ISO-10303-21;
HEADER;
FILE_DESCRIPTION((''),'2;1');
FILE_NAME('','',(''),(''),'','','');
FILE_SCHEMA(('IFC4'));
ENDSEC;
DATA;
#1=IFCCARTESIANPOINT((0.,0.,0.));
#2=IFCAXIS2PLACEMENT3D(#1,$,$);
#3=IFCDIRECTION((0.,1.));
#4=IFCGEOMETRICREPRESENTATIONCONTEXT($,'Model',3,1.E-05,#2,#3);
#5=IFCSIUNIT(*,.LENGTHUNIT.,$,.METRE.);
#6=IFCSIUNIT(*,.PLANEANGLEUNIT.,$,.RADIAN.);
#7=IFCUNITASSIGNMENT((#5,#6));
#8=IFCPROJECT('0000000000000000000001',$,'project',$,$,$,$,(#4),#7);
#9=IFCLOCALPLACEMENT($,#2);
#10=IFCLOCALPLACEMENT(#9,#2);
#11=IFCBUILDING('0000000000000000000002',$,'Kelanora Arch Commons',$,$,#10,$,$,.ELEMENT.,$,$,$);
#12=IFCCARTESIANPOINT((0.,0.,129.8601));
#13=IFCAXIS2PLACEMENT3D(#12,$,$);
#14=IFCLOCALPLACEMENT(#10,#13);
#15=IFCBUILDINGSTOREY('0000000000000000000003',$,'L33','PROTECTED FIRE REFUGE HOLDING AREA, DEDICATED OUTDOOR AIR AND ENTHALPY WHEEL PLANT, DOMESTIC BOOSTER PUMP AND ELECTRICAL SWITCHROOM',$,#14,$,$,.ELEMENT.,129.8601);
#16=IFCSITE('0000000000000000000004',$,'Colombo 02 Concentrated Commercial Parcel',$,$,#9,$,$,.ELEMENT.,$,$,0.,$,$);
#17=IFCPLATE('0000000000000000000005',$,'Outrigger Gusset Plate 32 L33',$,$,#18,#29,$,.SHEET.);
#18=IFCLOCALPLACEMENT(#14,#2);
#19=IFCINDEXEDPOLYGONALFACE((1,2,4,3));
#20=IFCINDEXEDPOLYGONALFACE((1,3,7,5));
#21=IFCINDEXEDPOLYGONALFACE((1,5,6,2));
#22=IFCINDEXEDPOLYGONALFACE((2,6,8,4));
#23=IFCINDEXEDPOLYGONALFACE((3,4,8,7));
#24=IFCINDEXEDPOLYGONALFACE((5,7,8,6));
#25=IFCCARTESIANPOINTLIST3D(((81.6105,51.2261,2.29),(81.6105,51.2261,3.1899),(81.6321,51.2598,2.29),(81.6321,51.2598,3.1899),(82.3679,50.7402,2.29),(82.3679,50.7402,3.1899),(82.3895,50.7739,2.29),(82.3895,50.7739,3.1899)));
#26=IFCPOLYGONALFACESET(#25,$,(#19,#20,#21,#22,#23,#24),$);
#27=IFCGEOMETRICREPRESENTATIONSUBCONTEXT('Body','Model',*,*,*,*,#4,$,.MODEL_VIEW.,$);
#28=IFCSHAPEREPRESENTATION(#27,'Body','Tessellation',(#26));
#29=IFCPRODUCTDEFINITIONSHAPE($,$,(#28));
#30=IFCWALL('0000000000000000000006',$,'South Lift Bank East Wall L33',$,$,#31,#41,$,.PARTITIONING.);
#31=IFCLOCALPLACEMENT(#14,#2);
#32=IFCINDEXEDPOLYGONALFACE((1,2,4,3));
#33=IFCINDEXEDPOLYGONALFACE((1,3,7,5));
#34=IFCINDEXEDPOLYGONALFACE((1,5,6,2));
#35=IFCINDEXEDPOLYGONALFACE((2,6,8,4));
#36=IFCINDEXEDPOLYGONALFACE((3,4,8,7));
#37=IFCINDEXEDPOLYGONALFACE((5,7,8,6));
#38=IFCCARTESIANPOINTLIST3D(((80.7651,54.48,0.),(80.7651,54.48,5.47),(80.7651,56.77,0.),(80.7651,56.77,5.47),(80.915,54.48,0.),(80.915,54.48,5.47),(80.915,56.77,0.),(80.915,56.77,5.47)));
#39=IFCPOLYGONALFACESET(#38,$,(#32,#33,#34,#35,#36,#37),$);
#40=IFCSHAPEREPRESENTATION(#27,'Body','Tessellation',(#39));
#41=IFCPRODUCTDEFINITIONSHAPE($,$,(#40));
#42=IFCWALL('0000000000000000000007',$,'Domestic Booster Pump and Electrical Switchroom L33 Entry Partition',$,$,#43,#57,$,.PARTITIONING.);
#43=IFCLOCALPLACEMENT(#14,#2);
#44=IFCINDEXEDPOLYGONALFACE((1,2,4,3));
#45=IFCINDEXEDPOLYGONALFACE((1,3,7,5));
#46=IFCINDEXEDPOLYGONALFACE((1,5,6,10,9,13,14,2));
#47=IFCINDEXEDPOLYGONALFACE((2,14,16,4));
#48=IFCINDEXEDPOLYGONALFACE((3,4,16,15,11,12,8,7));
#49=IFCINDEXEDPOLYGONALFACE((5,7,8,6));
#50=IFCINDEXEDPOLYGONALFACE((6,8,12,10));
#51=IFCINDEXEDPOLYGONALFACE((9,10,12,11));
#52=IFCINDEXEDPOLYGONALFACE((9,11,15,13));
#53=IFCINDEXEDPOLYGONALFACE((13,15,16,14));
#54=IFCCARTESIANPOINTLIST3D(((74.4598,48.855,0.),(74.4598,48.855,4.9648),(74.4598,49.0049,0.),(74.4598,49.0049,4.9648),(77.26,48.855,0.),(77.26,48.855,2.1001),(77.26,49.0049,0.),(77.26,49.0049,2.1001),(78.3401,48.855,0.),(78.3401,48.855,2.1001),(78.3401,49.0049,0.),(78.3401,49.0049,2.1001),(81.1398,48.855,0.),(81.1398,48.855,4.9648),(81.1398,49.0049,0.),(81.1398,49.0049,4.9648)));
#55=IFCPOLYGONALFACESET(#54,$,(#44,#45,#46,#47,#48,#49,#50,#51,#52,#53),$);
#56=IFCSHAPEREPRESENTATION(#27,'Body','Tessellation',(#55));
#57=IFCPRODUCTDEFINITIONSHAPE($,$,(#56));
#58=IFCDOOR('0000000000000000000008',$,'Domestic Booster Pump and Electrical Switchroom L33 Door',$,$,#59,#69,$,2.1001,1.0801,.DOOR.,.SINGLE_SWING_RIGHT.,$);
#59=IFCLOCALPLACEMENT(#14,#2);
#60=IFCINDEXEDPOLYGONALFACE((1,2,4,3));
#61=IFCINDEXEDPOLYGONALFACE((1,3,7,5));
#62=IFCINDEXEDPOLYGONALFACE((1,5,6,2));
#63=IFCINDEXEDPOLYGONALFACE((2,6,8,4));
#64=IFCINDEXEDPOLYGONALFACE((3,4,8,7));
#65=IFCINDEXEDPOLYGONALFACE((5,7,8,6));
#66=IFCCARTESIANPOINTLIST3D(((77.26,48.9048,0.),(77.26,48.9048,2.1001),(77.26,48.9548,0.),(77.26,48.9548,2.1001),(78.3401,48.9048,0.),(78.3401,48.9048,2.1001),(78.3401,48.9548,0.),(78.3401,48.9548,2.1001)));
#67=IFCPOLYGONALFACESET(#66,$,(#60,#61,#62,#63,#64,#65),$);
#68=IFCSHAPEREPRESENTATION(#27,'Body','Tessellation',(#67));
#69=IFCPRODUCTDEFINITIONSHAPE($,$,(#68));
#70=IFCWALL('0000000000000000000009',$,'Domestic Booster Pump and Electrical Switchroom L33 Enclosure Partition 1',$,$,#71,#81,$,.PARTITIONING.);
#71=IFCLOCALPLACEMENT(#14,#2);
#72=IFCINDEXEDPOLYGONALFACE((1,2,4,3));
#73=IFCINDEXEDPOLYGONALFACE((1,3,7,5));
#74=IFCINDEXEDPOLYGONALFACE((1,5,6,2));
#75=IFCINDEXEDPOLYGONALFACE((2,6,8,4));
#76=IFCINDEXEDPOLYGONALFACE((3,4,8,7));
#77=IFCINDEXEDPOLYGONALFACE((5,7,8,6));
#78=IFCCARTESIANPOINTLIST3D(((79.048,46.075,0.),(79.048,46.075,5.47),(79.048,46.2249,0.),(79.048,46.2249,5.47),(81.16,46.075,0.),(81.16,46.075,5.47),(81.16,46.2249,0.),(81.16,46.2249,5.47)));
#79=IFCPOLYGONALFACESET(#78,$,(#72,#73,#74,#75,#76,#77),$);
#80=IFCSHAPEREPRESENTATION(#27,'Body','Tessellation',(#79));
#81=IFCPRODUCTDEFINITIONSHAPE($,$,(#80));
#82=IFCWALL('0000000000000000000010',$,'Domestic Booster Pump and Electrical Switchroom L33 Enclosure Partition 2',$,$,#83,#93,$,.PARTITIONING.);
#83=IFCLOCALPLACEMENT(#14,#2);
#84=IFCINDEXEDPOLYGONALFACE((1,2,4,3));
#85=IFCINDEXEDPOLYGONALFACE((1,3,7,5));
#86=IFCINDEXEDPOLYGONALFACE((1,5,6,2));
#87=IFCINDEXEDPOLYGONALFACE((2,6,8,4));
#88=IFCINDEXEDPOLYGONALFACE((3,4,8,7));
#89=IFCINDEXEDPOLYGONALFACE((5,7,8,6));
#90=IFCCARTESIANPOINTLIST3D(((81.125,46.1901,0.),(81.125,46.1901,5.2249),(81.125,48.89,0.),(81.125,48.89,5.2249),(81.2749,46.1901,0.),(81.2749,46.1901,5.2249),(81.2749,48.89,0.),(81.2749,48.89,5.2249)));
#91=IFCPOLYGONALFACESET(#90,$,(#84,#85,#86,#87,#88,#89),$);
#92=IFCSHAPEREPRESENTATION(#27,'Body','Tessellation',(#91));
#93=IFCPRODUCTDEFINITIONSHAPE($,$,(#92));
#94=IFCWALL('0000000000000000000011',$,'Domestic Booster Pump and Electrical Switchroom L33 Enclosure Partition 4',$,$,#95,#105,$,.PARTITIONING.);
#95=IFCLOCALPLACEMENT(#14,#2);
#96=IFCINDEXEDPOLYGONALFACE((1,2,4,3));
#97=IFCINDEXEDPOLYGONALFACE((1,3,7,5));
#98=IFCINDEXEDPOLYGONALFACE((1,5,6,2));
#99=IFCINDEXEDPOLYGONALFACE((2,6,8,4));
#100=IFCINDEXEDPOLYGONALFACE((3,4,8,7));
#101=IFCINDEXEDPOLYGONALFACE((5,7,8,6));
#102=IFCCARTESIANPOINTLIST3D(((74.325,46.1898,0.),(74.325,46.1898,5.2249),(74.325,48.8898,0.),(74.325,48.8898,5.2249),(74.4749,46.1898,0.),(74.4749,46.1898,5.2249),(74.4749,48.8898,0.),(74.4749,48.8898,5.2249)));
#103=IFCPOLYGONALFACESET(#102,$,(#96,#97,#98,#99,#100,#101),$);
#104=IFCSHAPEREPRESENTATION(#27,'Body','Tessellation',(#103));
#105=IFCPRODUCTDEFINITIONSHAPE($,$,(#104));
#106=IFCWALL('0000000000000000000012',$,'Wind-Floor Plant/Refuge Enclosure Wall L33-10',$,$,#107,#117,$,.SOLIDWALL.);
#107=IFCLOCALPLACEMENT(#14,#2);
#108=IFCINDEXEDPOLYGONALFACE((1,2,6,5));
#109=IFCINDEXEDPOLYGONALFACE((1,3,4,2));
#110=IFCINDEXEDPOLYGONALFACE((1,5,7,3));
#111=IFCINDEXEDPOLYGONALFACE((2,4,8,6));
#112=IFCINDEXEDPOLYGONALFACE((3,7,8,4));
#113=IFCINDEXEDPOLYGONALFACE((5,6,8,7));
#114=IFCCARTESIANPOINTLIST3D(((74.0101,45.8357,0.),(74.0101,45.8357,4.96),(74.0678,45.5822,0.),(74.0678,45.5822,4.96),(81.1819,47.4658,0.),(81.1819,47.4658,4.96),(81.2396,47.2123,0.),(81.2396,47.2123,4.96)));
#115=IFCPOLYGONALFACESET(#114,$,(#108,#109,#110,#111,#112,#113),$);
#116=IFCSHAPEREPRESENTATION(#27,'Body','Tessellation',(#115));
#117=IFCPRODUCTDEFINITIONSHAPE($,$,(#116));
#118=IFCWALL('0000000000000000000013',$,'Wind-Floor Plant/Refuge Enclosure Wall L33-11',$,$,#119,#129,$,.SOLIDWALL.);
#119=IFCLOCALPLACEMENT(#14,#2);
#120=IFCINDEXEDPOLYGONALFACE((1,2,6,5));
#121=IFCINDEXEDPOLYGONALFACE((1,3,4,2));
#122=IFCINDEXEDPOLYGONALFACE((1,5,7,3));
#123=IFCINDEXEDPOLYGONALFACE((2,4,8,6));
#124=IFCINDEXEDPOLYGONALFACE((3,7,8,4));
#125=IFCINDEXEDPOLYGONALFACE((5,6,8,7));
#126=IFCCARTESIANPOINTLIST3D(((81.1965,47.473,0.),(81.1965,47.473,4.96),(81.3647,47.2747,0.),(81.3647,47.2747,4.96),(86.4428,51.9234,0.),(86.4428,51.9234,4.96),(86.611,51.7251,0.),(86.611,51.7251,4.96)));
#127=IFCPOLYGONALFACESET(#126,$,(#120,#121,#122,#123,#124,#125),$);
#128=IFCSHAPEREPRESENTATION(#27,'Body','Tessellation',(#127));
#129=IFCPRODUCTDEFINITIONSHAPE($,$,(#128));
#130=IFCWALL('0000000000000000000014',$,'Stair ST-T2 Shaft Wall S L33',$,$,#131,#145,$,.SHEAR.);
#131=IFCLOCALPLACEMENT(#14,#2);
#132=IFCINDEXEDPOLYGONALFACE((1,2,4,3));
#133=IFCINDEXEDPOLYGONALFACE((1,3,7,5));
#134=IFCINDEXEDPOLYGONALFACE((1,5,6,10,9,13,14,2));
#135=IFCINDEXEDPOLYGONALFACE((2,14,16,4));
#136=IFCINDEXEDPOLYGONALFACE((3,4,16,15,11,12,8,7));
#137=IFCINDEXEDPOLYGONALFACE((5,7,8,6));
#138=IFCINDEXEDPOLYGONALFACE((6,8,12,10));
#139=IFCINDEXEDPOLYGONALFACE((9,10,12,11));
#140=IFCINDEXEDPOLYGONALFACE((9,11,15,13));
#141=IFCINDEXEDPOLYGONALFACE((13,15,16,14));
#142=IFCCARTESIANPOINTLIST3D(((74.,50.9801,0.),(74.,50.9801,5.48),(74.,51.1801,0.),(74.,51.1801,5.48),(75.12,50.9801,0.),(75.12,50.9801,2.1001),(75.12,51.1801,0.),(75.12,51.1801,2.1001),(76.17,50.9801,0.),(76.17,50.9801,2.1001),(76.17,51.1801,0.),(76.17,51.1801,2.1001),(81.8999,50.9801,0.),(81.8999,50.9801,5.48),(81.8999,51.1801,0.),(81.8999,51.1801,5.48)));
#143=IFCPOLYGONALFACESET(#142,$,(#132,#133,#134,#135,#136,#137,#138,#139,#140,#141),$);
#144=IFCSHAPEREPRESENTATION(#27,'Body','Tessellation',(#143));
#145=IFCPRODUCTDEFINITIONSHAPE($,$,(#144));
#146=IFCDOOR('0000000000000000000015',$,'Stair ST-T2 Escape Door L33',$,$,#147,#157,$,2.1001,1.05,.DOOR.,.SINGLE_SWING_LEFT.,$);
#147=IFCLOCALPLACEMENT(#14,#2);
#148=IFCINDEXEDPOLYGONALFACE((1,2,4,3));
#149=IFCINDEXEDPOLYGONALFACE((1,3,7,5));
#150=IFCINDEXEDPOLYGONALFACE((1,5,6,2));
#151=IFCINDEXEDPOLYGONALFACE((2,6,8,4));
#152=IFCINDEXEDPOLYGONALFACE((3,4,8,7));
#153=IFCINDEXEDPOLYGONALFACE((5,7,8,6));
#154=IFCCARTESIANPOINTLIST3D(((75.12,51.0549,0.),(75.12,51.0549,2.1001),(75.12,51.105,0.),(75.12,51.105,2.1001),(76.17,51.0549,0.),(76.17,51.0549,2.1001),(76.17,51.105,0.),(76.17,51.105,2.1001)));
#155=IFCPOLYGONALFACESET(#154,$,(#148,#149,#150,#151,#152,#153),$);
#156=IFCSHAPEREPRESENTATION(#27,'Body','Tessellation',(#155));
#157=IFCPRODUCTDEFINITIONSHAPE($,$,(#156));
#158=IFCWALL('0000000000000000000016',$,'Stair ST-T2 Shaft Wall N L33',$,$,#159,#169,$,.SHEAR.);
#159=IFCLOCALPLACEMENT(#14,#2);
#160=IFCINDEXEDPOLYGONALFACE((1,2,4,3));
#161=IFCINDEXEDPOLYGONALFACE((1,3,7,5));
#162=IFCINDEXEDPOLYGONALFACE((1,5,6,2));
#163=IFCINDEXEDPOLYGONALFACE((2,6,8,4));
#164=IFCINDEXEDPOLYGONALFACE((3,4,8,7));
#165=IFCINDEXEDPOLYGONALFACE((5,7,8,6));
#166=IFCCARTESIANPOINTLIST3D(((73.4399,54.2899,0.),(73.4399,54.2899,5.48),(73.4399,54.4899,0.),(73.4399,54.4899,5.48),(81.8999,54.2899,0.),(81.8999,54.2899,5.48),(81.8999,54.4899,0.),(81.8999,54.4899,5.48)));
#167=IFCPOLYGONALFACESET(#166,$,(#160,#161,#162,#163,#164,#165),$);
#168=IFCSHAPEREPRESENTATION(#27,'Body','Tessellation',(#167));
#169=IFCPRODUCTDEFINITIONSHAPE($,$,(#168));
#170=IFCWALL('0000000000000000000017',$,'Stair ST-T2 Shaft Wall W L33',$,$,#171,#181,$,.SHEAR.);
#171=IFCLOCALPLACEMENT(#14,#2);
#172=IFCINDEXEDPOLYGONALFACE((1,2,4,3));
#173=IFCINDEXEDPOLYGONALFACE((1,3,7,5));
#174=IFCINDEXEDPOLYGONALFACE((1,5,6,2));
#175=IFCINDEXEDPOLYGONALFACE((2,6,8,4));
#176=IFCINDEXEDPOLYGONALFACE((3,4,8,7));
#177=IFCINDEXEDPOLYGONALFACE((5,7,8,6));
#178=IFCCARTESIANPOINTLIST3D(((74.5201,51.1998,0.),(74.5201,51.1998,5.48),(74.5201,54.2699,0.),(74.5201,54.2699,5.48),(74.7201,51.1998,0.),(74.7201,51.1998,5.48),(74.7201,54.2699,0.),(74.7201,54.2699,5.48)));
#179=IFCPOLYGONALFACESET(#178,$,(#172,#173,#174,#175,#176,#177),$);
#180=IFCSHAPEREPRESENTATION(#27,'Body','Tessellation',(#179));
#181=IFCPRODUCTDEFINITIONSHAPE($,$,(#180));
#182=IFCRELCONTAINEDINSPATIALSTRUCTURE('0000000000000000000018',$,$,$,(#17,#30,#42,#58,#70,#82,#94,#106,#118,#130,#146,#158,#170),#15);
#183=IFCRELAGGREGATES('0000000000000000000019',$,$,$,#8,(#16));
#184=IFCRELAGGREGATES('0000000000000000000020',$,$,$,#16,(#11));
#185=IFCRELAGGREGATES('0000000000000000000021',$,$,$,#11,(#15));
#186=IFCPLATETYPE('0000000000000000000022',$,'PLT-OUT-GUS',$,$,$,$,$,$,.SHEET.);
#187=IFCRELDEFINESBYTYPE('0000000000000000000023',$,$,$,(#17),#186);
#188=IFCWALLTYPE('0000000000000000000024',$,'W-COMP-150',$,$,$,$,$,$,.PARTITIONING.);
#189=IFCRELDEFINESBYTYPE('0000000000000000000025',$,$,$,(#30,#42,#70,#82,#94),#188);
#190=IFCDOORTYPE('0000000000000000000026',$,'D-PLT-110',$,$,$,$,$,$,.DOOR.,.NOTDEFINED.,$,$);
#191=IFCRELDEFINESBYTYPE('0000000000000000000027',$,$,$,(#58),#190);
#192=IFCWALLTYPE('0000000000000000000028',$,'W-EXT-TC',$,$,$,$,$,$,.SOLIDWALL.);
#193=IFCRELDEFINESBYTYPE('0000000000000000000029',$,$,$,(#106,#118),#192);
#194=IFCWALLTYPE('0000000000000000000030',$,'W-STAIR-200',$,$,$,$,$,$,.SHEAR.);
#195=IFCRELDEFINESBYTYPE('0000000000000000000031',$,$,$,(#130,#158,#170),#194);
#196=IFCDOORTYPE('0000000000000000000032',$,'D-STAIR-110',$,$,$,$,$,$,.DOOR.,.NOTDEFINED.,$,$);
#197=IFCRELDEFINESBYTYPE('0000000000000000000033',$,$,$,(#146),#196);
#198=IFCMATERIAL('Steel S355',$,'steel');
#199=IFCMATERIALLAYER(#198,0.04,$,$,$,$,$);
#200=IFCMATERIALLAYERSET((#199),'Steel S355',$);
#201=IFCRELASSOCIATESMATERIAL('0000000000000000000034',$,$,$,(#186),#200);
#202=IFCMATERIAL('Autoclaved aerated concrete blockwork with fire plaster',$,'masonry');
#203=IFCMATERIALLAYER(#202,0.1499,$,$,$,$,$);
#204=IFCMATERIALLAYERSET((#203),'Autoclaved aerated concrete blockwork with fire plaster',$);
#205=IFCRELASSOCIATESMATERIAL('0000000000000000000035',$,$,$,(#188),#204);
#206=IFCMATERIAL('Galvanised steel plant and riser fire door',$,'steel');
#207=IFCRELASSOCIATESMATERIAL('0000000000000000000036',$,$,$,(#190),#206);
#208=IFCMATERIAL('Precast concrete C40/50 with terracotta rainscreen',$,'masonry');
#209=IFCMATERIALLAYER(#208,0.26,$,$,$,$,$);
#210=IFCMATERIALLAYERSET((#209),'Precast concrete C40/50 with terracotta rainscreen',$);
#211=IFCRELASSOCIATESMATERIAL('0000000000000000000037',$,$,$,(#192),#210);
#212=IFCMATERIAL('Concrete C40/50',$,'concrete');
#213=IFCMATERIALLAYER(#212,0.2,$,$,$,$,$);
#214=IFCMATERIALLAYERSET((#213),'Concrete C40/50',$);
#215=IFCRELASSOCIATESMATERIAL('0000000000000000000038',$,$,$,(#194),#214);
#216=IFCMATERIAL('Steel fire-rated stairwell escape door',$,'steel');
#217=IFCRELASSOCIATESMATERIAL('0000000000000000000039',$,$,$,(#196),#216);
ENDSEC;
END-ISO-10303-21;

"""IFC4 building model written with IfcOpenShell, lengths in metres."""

from ifc_helpers import new_model, si_unit, direction, frame, frame_2d, origin, origin_2d, place, context, subcontext, project, spatial, rectangle, extrude, source, transform, mapped, material, layer, layer_set, type_object, element, fill, save


model = new_model("IFC4")

# Units and contexts
model_context = context("Model", 3, precision=1e-05, world=origin(), true_north=direction((0.0, 1.0)))
body_context = subcontext(model_context, "Body", "Model", "MODEL_VIEW")
ifc_project = project(units=[si_unit("LENGTHUNIT", "METRE"), si_unit("PLANEANGLEUNIT", "RADIAN")], contexts=[model_context])

# Site, building, storey
site_placement = place(None, origin())
site = spatial("IfcSite", under=ifc_project, at=site_placement, Name="Colombo 02 Concentrated Commercial Parcel", CompositionType="ELEMENT", RefElevation=0.0)
building_placement = place(site_placement, origin())
building = spatial("IfcBuilding", under=site, at=building_placement, Name="Kelanora Arch Commons", CompositionType="ELEMENT")
storey_placement = place(building_placement, frame((0.0, 0.0, 129.8601)))
storey = spatial("IfcBuildingStorey", under=building, at=storey_placement, Name="L33", Description="PROTECTED FIRE REFUGE HOLDING AREA, DEDICATED OUTDOOR AIR AND ENTHALPY WHEEL PLANT, DOMESTIC BOOSTER PUMP AND ELECTRICAL SWITCHROOM", CompositionType="ELEMENT", Elevation=129.8601)

# Shared definitions
ifc_material_1 = material(Name="Steel S355", Category="steel")

# Plate
ifc_layer_1 = layer(ifc_material_1, 0.04)
ifc_layer_set_1 = layer_set([ifc_layer_1], Name="Steel S355")
plate_type = type_object("IfcPlateType", Name="PLT-OUT-GUS", PredefinedType="SHEET", material=ifc_layer_set_1)
shared_shape_1 = source(origin(), body_context, "Body", "SweptSolid", [
    extrude(rectangle(XDim=0.8999, YDim=0.04, at=origin_2d()), origin(), (0.0, 0.0, 1.0), 0.8999),
])
plate_placement = place(storey_placement, frame((82.0, 51.0, 2.29), z_axis=(0.0, 0.0, 1.0), x_axis=(0.841716, -0.539921, 0.0)))
element("IfcPlate", 1, at=plate_placement, inside=storey, type_object=plate_type, Name="Outrigger Gusset Plate 32 L33", PredefinedType="SHEET", context=body_context, shape_type="MappedRepresentation", body=[
    mapped(shared_shape_1, transform((0.0, 0.0, 0.0), scale=1.0)),
])

# Wall
ifc_material_2 = material(Name="Autoclaved aerated concrete blockwork with fire plaster", Category="masonry")
ifc_layer_2 = layer(ifc_material_2, 0.1499)
ifc_layer_set_2 = layer_set([ifc_layer_2], Name="Autoclaved aerated concrete blockwork with fire plaster")
wall_type_1 = type_object("IfcWallType", Name="W-COMP-150", PredefinedType="PARTITIONING", material=ifc_layer_set_2)
wall_1_placement = place(storey_placement, frame((80.8401, 54.48, 0.0), z_axis=(0.0, 0.0, 1.0), x_axis=(0.0, 1.0, 0.0)))
element("IfcWall", 2, at=wall_1_placement, inside=storey, type_object=wall_type_1, Name="South Lift Bank East Wall L33", PredefinedType="PARTITIONING", context=body_context, shape_type="SweptSolid", body=[
    extrude(rectangle(XDim=2.29, YDim=0.1499, at=frame_2d((1.145, 0.0))), origin(), (0.0, 0.0, 1.0), 5.47),
])

# Wall, opening, door
wall_2_placement = place(storey_placement, frame((74.46, 48.9299, 0.0), z_axis=(0.0, 0.0, 1.0), x_axis=(1.0, 0.0, 0.0)))
wall_2 = element("IfcWall", 3, at=wall_2_placement, inside=storey, type_object=wall_type_1, Name="Domestic Booster Pump and Electrical Switchroom L33 Entry Partition", PredefinedType="PARTITIONING", context=body_context, shape_type="SweptSolid", body=[
    extrude(rectangle(XDim=6.6799, YDim=0.1499, at=frame_2d((3.3398, 0.0))), origin(), (0.0, 0.0, 1.0), 4.9648),
])
opening_1_placement = place(wall_2_placement, frame((2.8, 0.0, 0.0)))
opening_1 = element("IfcOpeningElement", 4, at=opening_1_placement, cuts=wall_2, PredefinedType="OPENING", context=body_context, shape_type="SweptSolid", body=[
    extrude(rectangle(XDim=1.0801, YDim=2.1001, at=frame_2d((0.54, 1.05))), frame((0.0, 0.085, 0.0), z_axis=(0.0, -1.0, 0.0), x_axis=(1.0, 0.0, 0.0)), (0.0, 0.0, 1.0), 0.1699),
])
ifc_material_3 = material(Name="Galvanised steel plant and riser fire door", Category="steel")
door_type_1 = type_object("IfcDoorType", Name="D-PLT-110", OperationType="NOTDEFINED", PredefinedType="DOOR", material=ifc_material_3)
door_1_placement = place(opening_1_placement, origin())
door_1 = element("IfcDoor", 5, at=door_1_placement, inside=storey, type_object=door_type_1, Name="Domestic Booster Pump and Electrical Switchroom L33 Door", OperationType="SINGLE_SWING_RIGHT", OverallHeight=2.1001, OverallWidth=1.0801, PredefinedType="DOOR", context=body_context, shape_type="SweptSolid", body=[
    extrude(rectangle(XDim=1.0801, YDim=2.1001, at=frame_2d((0.54, 1.05))), frame((0.0, 0.0249, 0.0), z_axis=(0.0, -1.0, 0.0), x_axis=(1.0, 0.0, 0.0)), (0.0, 0.0, 1.0), 0.05),
])
fill(opening_1, door_1)

# Walls
wall_3_placement = place(storey_placement, frame((79.0479, 46.1499, 0.0), z_axis=(0.0, 0.0, 1.0), x_axis=(1.0, 0.0, 0.0)))
element("IfcWall", 6, at=wall_3_placement, inside=storey, type_object=wall_type_1, Name="Domestic Booster Pump and Electrical Switchroom L33 Enclosure Partition 1", PredefinedType="PARTITIONING", context=body_context, shape_type="SweptSolid", body=[
    extrude(rectangle(XDim=2.1121, YDim=0.1499, at=frame_2d((1.0562, 0.0))), origin(), (0.0, 0.0, 1.0), 5.47),
])
for number, where, z_axis, x_axis, name in (
    (7, (81.2, 46.1899, 0.0), (0.0, 0.0, 1.0), (0.0, 1.0, 0.0), "Domestic Booster Pump and Electrical Switchroom L33 Enclosure Partition 2"),
    (8, (74.3999, 48.8899, 0.0), (0.0, 0.0, 1.0), (0.0, -1.0, 0.0), "Domestic Booster Pump and Electrical Switchroom L33 Enclosure Partition 4"),
):
    element("IfcWall", number, at=place(storey_placement, frame(where, z_axis=z_axis, x_axis=x_axis)), inside=storey, type_object=wall_type_1, Name=name, PredefinedType="PARTITIONING", context=body_context, shape_type="SweptSolid", body=[
        extrude(rectangle(XDim=2.7, YDim=0.1499, at=frame_2d((1.3501, 0.0))), origin(), (0.0, 0.0, 1.0), 5.2249),
    ])
ifc_material_4 = material(Name="Precast concrete C40/50 with terracotta rainscreen", Category="masonry")
ifc_layer_3 = layer(ifc_material_4, 0.26)
ifc_layer_set_3 = layer_set([ifc_layer_3], Name="Precast concrete C40/50 with terracotta rainscreen")
wall_type_2 = type_object("IfcWallType", Name="W-EXT-TC", PredefinedType="SOLIDWALL", material=ifc_layer_set_3)
wall_4_placement = place(storey_placement, frame((74.0391, 45.709, 0.0), z_axis=(0.0, 0.0, 1.0), x_axis=(0.975128, 0.221641, 0.0)))
element("IfcWall", 9, at=wall_4_placement, inside=storey, type_object=wall_type_2, Name="Wind-Floor Plant/Refuge Enclosure Wall L33-10", PredefinedType="SOLIDWALL", context=body_context, shape_type="SweptSolid", body=[
    extrude(rectangle(XDim=7.3547, YDim=0.26, at=frame_2d((3.6772, 0.0))), origin(), (0.0, 0.0, 1.0), 4.96),
])
wall_5_placement = place(storey_placement, frame((81.2805, 47.3738, 0.0), z_axis=(0.0, 0.0, 1.0), x_axis=(0.762581, 0.646893, 0.0)))
element("IfcWall", 10, at=wall_5_placement, inside=storey, type_object=wall_type_2, Name="Wind-Floor Plant/Refuge Enclosure Wall L33-11", PredefinedType="SOLIDWALL", context=body_context, shape_type="SweptSolid", body=[
    extrude(rectangle(XDim=6.8796, YDim=0.26, at=frame_2d((3.4399, 0.0))), origin(), (0.0, 0.0, 1.0), 4.96),
])

# Wall, opening, door
ifc_material_5 = material(Name="Concrete C40/50", Category="concrete")
ifc_layer_4 = layer(ifc_material_5, 0.2)
ifc_layer_set_4 = layer_set([ifc_layer_4], Name="Concrete C40/50")
wall_type_3 = type_object("IfcWallType", Name="W-STAIR-200", PredefinedType="SHEAR", material=ifc_layer_set_4)
wall_6_placement = place(storey_placement, frame((74.0, 51.0801, 0.0), z_axis=(0.0, 0.0, 1.0), x_axis=(1.0, 0.0, 0.0)))
wall_6 = element("IfcWall", 11, at=wall_6_placement, inside=storey, type_object=wall_type_3, Name="Stair ST-T2 Shaft Wall S L33", PredefinedType="SHEAR", context=body_context, shape_type="SweptSolid", body=[
    extrude(rectangle(XDim=7.8999, YDim=0.2, at=frame_2d((3.95, 0.0))), origin(), (0.0, 0.0, 1.0), 5.48),
])
opening_2_placement = place(wall_6_placement, frame((1.1201, 0.0, 0.0)))
opening_2 = element("IfcOpeningElement", 12, at=opening_2_placement, cuts=wall_6, PredefinedType="OPENING", context=body_context, shape_type="SweptSolid", body=[
    extrude(rectangle(XDim=1.05, YDim=2.1001, at=frame_2d((0.5249, 1.05))), frame((0.0, 0.1099, 0.0), z_axis=(0.0, -1.0, 0.0), x_axis=(1.0, 0.0, 0.0)), (0.0, 0.0, 1.0), 0.22),
])
ifc_material_6 = material(Name="Steel fire-rated stairwell escape door", Category="steel")
door_type_2 = type_object("IfcDoorType", Name="D-STAIR-110", OperationType="NOTDEFINED", PredefinedType="DOOR", material=ifc_material_6)
door_2_placement = place(opening_2_placement, origin())
door_2 = element("IfcDoor", 13, at=door_2_placement, inside=storey, type_object=door_type_2, Name="Stair ST-T2 Escape Door L33", OperationType="SINGLE_SWING_LEFT", OverallHeight=2.1001, OverallWidth=1.05, PredefinedType="DOOR", context=body_context, shape_type="SweptSolid", body=[
    extrude(rectangle(XDim=1.05, YDim=2.1001, at=frame_2d((0.5249, 1.05))), frame((0.0, 0.0249, 0.0), z_axis=(0.0, -1.0, 0.0), x_axis=(1.0, 0.0, 0.0)), (0.0, 0.0, 1.0), 0.05),
])
fill(opening_2, door_2)

# Walls
wall_7_placement = place(storey_placement, frame((81.8999, 54.3899, 0.0), z_axis=(0.0, 0.0, 1.0), x_axis=(-1.0, 0.0, 0.0)))
element("IfcWall", 14, at=wall_7_placement, inside=storey, type_object=wall_type_3, Name="Stair ST-T2 Shaft Wall N L33", PredefinedType="SHEAR", context=body_context, shape_type="SweptSolid", body=[
    extrude(rectangle(XDim=8.46, YDim=0.2, at=frame_2d((4.23, 0.0))), origin(), (0.0, 0.0, 1.0), 5.48),
])
wall_8_placement = place(storey_placement, frame((74.6201, 54.27, 0.0), z_axis=(0.0, 0.0, 1.0), x_axis=(0.0, -1.0, 0.0)))
element("IfcWall", 15, at=wall_8_placement, inside=storey, type_object=wall_type_3, Name="Stair ST-T2 Shaft Wall W L33", PredefinedType="SHEAR", context=body_context, shape_type="SweptSolid", body=[
    extrude(rectangle(XDim=3.0701, YDim=0.2, at=frame_2d((1.5352, 0.0))), origin(), (0.0, 0.0, 1.0), 5.48),
])

save(model, "model.ifc")
